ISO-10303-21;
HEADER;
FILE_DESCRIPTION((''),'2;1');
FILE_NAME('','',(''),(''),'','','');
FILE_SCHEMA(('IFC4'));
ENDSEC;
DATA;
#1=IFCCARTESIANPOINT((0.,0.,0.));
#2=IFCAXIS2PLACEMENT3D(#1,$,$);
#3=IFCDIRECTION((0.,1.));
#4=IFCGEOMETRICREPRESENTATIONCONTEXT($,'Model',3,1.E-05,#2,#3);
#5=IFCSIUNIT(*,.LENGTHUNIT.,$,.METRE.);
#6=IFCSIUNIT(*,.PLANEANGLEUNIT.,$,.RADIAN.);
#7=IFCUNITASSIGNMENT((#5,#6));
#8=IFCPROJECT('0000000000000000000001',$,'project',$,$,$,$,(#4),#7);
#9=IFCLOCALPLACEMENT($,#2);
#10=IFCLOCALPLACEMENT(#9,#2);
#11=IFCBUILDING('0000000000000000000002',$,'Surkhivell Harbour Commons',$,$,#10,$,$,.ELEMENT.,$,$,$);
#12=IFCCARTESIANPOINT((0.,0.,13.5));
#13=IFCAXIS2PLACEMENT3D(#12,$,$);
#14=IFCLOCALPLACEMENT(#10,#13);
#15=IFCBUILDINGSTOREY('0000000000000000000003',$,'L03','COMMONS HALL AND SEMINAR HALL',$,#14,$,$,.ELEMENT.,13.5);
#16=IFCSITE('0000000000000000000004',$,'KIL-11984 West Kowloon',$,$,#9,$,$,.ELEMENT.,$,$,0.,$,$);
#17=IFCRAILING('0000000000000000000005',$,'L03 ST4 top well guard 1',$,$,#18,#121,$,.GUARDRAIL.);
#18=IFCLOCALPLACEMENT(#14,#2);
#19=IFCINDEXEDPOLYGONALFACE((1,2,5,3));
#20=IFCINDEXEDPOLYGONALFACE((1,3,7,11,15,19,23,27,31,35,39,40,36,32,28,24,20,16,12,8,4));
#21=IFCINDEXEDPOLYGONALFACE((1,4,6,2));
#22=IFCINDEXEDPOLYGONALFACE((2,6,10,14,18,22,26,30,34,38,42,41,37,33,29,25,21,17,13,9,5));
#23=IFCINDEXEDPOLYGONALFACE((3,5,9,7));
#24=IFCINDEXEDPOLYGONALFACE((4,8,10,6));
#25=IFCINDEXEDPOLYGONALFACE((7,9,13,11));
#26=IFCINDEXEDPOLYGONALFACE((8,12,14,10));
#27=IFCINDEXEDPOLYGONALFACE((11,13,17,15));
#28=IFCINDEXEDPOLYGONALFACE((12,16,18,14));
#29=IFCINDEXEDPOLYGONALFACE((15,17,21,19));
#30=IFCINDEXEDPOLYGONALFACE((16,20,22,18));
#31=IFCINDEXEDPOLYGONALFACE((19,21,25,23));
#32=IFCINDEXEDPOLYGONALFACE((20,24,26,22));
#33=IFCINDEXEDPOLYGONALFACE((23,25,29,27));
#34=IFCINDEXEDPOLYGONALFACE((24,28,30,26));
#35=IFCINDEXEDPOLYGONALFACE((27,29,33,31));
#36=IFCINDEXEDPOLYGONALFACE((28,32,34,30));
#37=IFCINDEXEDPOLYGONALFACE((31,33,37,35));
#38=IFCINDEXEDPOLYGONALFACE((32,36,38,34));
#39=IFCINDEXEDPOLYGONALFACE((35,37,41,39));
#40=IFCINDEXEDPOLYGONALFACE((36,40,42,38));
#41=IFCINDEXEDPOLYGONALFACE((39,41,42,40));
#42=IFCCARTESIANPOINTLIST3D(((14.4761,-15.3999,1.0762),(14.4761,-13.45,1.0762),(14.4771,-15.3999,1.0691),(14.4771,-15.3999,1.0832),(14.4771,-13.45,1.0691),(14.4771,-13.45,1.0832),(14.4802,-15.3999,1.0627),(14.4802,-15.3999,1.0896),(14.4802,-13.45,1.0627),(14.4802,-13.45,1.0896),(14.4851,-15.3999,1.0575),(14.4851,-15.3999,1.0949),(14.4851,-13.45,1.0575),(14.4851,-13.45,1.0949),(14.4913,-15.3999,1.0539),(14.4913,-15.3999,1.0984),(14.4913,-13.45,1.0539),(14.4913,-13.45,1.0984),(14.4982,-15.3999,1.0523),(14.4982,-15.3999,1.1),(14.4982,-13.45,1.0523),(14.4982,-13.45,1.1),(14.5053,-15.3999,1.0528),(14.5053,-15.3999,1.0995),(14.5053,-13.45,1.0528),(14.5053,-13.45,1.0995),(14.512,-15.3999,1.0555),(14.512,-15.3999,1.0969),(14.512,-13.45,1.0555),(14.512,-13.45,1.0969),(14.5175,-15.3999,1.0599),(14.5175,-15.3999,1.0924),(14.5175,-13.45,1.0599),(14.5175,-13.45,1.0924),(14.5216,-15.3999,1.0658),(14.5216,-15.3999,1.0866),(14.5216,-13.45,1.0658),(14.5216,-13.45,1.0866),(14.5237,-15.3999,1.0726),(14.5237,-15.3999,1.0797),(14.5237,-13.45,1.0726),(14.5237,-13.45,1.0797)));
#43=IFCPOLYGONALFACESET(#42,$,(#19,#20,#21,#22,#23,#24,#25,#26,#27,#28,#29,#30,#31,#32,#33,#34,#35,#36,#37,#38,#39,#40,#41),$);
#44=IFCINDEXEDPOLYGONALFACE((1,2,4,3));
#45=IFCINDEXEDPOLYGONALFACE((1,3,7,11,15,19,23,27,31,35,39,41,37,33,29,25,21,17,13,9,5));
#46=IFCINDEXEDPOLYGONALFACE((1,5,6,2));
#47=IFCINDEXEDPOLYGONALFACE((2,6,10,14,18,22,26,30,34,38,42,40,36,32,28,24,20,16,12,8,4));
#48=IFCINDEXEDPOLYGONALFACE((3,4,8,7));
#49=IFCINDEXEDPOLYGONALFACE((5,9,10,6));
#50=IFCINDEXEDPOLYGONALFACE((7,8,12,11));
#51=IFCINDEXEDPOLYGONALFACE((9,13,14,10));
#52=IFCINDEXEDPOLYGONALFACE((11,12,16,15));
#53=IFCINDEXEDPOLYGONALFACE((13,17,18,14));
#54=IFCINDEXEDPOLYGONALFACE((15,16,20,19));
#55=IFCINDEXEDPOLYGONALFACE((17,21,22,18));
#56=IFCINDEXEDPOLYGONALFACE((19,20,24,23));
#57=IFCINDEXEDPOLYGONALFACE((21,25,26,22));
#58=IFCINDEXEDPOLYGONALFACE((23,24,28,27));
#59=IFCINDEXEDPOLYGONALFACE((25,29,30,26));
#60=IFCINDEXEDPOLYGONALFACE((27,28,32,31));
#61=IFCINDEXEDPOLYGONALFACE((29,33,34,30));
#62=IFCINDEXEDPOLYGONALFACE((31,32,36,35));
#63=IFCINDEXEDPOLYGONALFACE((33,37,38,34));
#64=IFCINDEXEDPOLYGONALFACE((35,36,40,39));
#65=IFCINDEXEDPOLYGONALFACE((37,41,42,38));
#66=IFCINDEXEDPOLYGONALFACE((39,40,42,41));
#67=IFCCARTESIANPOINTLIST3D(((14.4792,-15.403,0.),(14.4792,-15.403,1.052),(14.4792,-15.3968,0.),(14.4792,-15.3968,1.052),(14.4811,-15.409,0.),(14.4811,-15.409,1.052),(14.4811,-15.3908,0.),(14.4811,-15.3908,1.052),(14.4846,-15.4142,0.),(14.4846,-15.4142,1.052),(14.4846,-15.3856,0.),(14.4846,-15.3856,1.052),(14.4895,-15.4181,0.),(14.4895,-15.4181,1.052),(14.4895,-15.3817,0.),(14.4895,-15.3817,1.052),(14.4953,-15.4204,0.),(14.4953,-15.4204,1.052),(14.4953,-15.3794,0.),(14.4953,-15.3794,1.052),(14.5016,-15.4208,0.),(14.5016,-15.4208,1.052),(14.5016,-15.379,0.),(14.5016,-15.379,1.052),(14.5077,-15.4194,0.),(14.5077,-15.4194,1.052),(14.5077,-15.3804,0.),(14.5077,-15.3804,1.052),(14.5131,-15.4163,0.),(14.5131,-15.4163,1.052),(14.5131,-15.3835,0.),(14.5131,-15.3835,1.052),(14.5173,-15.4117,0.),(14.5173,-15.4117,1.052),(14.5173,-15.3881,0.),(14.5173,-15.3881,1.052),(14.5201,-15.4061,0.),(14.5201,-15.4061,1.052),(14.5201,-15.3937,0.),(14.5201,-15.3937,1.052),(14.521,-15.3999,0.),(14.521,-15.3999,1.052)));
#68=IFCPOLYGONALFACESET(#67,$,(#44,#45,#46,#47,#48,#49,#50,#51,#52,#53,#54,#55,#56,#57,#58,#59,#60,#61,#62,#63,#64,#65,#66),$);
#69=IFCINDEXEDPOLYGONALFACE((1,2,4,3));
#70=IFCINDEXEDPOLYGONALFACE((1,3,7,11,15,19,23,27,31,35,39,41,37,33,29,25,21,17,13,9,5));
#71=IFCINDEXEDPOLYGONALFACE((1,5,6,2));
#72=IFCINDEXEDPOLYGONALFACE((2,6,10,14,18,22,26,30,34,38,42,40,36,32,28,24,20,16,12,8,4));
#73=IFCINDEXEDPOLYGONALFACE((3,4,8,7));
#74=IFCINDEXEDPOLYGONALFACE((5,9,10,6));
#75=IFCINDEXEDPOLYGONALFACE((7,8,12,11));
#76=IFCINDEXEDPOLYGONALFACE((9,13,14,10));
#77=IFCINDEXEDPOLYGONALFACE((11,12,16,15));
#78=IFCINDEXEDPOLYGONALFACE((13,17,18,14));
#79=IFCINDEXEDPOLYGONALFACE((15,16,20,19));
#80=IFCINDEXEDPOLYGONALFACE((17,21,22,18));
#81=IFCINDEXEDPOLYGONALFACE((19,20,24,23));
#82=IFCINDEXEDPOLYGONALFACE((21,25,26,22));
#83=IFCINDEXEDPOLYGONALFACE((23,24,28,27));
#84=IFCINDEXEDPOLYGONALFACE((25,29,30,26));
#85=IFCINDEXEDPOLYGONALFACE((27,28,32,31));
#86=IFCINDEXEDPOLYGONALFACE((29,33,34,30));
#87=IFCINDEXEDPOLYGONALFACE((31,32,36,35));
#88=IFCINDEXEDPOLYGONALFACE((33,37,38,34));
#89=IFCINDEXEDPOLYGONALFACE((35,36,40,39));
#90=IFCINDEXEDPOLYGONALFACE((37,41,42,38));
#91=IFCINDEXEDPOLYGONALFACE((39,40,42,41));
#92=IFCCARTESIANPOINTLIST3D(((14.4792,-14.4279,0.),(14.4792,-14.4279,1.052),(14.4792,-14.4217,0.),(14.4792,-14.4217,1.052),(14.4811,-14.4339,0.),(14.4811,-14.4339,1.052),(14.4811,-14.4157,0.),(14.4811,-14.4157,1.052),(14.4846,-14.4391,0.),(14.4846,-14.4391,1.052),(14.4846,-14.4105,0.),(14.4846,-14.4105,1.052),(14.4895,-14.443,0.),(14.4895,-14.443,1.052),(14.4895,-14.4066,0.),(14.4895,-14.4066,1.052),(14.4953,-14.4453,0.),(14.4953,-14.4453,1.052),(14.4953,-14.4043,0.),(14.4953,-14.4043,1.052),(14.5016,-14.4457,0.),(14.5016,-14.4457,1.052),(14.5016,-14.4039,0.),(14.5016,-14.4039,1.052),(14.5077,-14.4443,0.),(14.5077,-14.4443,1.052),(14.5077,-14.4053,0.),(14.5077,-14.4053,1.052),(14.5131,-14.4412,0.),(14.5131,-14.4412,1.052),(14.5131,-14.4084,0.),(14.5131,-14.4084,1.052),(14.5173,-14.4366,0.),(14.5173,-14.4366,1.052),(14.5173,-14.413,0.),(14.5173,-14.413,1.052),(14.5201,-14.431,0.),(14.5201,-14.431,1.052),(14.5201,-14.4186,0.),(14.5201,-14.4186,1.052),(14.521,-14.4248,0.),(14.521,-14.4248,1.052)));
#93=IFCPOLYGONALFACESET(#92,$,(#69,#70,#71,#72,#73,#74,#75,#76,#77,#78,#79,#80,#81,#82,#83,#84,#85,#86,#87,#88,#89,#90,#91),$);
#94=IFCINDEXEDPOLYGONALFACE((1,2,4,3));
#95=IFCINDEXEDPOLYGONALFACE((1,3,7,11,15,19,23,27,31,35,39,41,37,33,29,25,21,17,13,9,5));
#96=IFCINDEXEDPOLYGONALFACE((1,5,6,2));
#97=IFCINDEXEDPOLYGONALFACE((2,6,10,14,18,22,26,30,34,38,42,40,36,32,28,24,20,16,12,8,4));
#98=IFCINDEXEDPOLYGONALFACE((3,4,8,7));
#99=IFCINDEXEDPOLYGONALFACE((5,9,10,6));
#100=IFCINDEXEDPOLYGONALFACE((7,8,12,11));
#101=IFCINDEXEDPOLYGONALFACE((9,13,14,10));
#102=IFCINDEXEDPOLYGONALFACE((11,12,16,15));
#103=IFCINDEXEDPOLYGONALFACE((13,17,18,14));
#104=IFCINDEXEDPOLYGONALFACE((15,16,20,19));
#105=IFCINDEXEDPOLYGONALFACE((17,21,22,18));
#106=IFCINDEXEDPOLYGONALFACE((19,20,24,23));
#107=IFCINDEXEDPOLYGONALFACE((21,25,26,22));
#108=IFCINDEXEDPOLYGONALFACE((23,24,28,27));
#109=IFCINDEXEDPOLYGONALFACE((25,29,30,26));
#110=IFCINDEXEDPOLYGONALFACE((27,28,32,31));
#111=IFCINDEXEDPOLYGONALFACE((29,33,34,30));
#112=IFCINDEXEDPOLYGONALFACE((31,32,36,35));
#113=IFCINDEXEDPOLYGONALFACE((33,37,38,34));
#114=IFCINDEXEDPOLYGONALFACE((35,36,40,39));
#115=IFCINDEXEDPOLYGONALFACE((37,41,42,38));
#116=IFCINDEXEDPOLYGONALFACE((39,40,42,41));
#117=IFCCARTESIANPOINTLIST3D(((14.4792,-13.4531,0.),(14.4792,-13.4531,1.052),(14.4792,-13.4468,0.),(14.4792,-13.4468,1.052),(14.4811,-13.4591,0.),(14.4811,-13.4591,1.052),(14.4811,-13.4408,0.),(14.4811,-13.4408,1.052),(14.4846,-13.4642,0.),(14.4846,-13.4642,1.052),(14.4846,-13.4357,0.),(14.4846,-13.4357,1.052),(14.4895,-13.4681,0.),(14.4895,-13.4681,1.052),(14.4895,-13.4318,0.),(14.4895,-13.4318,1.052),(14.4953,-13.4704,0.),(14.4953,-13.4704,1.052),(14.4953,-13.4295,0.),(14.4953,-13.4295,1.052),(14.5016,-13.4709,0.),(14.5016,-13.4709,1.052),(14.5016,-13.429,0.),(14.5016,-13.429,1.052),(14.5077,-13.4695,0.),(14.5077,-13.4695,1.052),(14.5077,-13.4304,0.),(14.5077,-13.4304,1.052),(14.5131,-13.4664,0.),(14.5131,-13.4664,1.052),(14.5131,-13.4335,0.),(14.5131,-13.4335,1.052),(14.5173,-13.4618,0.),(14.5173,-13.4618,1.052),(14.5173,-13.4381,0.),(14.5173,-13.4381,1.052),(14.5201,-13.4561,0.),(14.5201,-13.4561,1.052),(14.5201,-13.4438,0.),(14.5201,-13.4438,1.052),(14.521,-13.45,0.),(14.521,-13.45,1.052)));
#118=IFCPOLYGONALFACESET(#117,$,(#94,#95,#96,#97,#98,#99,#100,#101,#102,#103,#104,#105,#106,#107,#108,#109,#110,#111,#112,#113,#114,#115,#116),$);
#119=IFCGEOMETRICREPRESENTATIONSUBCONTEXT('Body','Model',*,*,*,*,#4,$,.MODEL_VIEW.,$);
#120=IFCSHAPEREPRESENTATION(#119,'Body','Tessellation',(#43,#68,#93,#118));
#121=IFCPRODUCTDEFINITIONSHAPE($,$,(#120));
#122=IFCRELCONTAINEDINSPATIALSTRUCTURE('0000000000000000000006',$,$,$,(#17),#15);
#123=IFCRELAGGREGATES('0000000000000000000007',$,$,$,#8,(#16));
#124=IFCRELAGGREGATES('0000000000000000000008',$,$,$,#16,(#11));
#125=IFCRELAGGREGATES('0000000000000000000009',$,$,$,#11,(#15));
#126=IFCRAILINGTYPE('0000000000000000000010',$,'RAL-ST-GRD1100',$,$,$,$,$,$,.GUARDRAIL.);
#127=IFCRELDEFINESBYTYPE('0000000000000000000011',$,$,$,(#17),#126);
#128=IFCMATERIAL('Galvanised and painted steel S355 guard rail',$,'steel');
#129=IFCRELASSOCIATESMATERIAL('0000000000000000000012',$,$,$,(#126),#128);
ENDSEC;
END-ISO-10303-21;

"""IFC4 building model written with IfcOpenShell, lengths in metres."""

from ifc_helpers import new_model, si_unit, direction, frame, origin, origin_2d, place, context, subcontext, project, spatial, circle, extrude, material, type_object, element, save


model = new_model("IFC4")

# Units and contexts
model_context = context("Model", 3, precision=1e-05, world=origin(), true_north=direction((0.0, 1.0)))
body_context = subcontext(model_context, "Body", "Model", "MODEL_VIEW")
ifc_project = project(units=[si_unit("LENGTHUNIT", "METRE"), si_unit("PLANEANGLEUNIT", "RADIAN")], contexts=[model_context])

# Site, building, storey
site_placement = place(None, origin())
site = spatial("IfcSite", under=ifc_project, at=site_placement, Name="KIL-11984 West Kowloon", CompositionType="ELEMENT", RefElevation=0.0)
building_placement = place(site_placement, origin())
building = spatial("IfcBuilding", under=site, at=building_placement, Name="Surkhivell Harbour Commons", CompositionType="ELEMENT")
storey_placement = place(building_placement, frame((0.0, 0.0, 13.5)))
storey = spatial("IfcBuildingStorey", under=building, at=storey_placement, Name="L03", Description="COMMONS HALL AND SEMINAR HALL", CompositionType="ELEMENT", Elevation=13.5)

# Railing
ifc_material_1 = material(Name="Galvanised and painted steel S355 guard rail", Category="steel")
railing_type = type_object("IfcRailingType", Name="RAL-ST-GRD1100", PredefinedType="GUARDRAIL", material=ifc_material_1)
railing_placement = place(storey_placement, frame((14.5, -15.3999, 0.0)))
element("IfcRailing", 1, at=railing_placement, inside=storey, type_object=railing_type, Name="L03 ST4 top well guard 1", PredefinedType="GUARDRAIL", context=body_context, shape_type="SweptSolid", body=[
    extrude(circle(Radius=0.0239, at=origin_2d()), frame((0.0, 0.0, 1.0762), z_axis=(0.0, 1.0, 0.0), x_axis=(-1.0, 0.0, 0.0)), (0.0, 0.0, 1.0), 1.95),
    extrude(circle(Radius=0.021, at=origin_2d()), origin(), (0.0, 0.0, 1.0), 1.052),
    extrude(circle(Radius=0.021, at=origin_2d()), frame((0.0, 0.9751, 0.0)), (0.0, 0.0, 1.0), 1.052),
    extrude(circle(Radius=0.021, at=origin_2d()), frame((0.0, 1.95, 0.0)), (0.0, 0.0, 1.0), 1.052),
])

save(model, "model.ifc")
